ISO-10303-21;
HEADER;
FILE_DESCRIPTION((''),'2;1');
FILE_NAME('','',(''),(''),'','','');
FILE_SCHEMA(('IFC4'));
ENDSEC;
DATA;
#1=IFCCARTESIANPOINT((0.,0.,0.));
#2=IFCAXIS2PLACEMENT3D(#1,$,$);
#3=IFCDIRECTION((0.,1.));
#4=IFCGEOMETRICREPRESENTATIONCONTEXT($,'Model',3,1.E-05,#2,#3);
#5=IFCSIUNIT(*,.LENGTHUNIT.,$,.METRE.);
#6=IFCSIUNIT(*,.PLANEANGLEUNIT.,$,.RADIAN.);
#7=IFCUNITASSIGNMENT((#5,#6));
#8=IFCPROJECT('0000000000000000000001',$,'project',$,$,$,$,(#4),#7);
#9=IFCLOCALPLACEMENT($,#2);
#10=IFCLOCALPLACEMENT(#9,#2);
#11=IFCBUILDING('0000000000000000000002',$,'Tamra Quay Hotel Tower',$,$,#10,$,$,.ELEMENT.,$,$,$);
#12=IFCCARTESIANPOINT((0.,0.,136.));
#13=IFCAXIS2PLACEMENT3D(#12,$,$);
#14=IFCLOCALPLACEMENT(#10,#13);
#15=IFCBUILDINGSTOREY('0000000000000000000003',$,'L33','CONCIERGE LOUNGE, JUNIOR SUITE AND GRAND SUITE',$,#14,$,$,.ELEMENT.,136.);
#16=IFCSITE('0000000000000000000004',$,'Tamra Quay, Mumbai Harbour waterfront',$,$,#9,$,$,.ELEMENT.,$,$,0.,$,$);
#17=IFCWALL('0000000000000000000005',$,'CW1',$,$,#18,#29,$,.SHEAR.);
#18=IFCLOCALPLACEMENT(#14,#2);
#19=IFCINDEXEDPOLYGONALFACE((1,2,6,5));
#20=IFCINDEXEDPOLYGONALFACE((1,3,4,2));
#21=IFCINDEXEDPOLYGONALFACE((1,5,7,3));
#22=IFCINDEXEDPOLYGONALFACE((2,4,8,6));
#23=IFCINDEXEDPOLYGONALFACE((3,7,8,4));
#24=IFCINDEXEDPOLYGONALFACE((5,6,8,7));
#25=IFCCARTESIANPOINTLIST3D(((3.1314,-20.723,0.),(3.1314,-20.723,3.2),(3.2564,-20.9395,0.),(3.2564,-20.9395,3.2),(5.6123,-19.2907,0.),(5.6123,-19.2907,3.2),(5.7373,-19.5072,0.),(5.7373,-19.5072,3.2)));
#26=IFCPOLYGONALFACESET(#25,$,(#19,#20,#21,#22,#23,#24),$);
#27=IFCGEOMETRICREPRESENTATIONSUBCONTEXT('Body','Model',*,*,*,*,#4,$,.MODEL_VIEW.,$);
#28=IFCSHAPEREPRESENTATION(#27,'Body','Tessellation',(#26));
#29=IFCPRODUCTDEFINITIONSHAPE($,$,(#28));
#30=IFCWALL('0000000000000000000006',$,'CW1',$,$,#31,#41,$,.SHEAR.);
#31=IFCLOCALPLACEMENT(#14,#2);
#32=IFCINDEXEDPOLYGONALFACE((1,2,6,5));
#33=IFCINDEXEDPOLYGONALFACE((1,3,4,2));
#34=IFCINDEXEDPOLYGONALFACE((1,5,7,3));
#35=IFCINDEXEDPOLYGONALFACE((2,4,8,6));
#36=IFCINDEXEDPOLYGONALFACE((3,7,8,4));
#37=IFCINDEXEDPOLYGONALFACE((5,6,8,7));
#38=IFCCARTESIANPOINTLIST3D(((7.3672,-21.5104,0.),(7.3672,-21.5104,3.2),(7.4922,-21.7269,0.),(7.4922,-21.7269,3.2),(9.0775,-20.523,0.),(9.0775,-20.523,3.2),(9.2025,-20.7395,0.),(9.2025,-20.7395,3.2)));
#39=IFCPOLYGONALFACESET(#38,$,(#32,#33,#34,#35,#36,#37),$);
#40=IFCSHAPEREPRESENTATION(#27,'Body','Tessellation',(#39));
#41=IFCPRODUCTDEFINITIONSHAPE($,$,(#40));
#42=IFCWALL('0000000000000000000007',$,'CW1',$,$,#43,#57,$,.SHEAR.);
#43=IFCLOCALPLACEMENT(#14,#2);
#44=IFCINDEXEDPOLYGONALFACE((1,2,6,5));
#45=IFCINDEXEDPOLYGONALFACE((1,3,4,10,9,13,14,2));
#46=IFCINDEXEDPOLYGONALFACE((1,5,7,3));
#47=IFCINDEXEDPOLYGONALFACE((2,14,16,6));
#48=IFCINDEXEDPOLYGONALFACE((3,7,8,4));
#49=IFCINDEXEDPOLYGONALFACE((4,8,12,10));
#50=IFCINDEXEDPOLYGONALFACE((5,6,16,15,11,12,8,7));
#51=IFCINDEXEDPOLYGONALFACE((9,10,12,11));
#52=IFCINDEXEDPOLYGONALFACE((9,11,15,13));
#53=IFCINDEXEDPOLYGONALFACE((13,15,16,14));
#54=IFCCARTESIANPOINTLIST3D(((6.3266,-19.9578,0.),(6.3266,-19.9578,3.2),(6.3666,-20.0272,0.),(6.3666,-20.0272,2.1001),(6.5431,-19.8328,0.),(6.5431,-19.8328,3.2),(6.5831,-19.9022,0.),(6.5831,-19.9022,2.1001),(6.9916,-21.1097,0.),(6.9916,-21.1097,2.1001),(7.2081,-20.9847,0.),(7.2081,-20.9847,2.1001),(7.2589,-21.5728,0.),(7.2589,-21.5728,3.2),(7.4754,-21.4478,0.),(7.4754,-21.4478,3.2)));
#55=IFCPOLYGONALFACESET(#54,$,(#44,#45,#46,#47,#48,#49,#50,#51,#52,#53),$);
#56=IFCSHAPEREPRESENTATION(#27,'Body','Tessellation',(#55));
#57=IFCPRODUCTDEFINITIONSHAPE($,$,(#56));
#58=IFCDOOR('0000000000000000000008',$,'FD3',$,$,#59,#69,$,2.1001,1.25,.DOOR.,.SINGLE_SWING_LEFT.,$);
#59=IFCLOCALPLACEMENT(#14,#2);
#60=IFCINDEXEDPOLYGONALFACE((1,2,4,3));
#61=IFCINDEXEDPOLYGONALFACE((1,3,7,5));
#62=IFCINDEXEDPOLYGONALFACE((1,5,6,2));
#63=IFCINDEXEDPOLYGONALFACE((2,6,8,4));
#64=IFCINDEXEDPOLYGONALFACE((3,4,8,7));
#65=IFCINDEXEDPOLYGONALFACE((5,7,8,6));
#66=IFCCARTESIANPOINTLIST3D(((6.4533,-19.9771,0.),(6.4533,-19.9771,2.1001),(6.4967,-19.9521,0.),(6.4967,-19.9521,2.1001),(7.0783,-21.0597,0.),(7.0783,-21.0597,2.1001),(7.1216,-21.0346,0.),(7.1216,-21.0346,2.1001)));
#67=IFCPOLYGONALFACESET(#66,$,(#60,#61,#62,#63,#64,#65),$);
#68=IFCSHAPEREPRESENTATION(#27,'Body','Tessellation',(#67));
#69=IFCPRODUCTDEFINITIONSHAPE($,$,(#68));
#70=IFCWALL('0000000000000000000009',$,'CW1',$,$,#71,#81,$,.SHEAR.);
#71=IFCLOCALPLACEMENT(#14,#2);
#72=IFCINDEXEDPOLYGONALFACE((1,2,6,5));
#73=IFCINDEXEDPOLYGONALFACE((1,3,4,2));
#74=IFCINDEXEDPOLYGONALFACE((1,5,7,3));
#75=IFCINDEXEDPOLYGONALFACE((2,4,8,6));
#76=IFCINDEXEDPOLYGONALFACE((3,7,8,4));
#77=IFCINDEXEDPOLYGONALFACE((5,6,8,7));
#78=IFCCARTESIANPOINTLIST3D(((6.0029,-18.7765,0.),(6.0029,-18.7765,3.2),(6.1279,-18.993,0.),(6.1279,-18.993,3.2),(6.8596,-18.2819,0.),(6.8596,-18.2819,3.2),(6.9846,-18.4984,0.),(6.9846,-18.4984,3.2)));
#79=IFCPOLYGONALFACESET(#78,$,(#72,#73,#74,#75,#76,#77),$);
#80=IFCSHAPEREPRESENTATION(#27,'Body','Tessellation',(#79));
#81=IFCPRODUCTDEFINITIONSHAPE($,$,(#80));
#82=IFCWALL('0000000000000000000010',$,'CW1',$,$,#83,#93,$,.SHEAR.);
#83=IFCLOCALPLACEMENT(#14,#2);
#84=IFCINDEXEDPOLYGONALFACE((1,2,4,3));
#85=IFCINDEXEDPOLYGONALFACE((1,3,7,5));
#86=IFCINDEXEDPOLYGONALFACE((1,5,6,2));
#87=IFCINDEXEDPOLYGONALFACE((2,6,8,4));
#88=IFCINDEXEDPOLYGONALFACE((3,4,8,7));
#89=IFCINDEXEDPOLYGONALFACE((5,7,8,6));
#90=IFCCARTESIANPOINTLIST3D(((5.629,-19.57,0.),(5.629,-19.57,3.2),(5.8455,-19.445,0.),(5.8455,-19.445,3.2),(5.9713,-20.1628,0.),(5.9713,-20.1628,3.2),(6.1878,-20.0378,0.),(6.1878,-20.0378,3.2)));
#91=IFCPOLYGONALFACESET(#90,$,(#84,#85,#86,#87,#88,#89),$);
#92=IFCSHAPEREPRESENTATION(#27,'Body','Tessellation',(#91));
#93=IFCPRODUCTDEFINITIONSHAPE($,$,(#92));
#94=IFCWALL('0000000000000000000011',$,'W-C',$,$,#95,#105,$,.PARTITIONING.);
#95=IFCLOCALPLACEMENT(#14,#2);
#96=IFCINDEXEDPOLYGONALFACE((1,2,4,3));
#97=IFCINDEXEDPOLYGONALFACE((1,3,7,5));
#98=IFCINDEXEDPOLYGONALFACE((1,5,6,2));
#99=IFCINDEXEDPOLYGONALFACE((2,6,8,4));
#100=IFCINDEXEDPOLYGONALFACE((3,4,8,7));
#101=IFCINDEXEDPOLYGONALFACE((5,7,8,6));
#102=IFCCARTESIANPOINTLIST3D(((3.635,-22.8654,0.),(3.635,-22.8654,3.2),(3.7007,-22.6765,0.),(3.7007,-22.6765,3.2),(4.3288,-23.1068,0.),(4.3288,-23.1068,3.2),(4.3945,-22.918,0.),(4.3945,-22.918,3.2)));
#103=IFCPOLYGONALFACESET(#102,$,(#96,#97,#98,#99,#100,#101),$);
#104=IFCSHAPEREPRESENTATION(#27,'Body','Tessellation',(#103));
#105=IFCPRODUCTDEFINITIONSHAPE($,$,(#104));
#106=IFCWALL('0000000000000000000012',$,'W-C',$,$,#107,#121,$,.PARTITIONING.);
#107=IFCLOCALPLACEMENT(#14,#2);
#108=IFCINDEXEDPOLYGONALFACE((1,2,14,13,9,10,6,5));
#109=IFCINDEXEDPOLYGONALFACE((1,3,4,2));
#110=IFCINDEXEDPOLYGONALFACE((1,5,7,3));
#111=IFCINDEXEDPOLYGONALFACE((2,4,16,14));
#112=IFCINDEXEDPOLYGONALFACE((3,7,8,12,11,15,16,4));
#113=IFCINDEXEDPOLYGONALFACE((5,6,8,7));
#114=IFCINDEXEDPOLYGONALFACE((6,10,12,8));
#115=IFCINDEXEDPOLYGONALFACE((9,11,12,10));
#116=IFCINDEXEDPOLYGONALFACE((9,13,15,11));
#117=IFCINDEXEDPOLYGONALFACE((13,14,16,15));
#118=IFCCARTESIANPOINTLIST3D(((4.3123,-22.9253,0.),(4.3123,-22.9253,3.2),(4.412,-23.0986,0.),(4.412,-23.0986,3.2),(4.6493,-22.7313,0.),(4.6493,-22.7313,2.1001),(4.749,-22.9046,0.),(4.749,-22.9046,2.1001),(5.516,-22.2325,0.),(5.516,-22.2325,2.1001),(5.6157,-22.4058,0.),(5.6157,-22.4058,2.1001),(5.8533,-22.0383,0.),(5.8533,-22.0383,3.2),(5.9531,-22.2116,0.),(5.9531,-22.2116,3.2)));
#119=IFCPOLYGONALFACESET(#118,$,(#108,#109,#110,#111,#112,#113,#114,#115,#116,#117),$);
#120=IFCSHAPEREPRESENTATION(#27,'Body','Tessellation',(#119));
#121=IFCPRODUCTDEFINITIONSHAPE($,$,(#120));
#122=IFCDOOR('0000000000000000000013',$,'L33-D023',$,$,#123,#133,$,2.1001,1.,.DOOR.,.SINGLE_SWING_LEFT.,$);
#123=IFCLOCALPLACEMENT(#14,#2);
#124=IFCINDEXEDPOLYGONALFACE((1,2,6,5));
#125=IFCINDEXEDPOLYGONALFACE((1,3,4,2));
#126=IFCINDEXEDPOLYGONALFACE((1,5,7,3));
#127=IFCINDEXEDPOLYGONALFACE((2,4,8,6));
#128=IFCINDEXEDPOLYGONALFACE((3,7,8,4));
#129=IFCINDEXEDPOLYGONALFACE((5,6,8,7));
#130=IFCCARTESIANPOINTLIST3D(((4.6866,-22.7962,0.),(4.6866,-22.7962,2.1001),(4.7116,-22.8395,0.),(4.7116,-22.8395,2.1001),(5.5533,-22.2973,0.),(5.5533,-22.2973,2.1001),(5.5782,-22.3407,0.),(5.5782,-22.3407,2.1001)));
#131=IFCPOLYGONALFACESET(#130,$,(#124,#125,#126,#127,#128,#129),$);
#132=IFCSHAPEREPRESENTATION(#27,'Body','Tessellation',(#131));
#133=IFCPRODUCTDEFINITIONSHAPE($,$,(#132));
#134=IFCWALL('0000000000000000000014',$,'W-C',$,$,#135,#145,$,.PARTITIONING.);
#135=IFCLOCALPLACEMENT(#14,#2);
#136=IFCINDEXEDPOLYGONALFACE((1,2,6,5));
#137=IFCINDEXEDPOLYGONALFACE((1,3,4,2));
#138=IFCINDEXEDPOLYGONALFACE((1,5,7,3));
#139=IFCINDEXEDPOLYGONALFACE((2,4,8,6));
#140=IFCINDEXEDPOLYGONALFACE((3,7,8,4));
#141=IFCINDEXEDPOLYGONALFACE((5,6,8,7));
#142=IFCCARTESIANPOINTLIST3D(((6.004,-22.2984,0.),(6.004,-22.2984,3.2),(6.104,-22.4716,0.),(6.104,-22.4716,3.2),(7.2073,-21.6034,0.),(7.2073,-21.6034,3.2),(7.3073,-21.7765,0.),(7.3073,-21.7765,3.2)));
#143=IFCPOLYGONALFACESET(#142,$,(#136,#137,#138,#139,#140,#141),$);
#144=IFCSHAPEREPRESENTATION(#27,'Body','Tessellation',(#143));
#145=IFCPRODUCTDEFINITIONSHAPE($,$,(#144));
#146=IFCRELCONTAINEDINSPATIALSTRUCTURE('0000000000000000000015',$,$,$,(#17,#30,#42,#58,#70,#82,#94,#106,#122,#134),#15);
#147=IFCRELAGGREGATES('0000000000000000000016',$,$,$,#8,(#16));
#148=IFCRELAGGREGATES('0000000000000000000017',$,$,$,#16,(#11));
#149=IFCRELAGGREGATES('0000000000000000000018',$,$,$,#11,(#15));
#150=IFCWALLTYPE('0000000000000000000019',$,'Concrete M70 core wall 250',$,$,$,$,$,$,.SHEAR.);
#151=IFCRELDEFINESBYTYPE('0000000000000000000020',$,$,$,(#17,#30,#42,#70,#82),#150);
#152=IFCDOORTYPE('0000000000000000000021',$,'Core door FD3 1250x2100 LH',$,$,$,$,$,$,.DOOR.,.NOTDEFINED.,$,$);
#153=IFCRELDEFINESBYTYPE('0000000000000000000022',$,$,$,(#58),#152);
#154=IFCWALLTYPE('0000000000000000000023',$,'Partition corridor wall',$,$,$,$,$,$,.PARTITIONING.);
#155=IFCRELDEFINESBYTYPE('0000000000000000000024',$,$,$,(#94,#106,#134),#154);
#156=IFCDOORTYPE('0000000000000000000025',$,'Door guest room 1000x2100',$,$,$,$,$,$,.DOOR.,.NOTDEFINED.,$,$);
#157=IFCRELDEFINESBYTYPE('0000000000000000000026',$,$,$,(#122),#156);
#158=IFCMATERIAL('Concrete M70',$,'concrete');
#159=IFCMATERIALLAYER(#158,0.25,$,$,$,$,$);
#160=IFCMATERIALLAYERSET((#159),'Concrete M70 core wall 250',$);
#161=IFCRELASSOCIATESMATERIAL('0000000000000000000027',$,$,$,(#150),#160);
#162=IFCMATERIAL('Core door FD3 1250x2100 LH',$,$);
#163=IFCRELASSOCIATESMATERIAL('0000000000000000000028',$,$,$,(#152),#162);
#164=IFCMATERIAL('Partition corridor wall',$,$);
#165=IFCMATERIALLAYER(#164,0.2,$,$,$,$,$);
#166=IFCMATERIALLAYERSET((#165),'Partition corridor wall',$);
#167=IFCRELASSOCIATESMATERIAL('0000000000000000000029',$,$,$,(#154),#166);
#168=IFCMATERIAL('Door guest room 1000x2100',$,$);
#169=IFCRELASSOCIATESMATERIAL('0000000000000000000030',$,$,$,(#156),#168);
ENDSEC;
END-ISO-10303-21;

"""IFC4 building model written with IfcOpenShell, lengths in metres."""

from ifc_helpers import new_model, si_unit, direction, frame, frame_2d, origin, place, context, subcontext, project, spatial, rectangle, extrude, material, layer, layer_set, type_object, element, fill, save


model = new_model("IFC4")

# Units and contexts
model_context = context("Model", 3, precision=1e-05, world=origin(), true_north=direction((0.0, 1.0)))
body_context = subcontext(model_context, "Body", "Model", "MODEL_VIEW")
ifc_project = project(units=[si_unit("LENGTHUNIT", "METRE"), si_unit("PLANEANGLEUNIT", "RADIAN")], contexts=[model_context])

# Site, building, storey
site_placement = place(None, origin())
site = spatial("IfcSite", under=ifc_project, at=site_placement, Name="Tamra Quay, Mumbai Harbour waterfront", CompositionType="ELEMENT", RefElevation=0.0)
building_placement = place(site_placement, origin())
building = spatial("IfcBuilding", under=site, at=building_placement, Name="Tamra Quay Hotel Tower", CompositionType="ELEMENT")
storey_placement = place(building_placement, frame((0.0, 0.0, 136.0)))
storey = spatial("IfcBuildingStorey", under=building, at=storey_placement, Name="L33", Description="CONCIERGE LOUNGE, JUNIOR SUITE AND GRAND SUITE", CompositionType="ELEMENT", Elevation=136.0)

# Shared definitions
ifc_material_1 = material(Name="Concrete M70", Category="concrete")

# Walls
ifc_layer_1 = layer(ifc_material_1, 0.25)
ifc_layer_set_1 = layer_set([ifc_layer_1], Name="Concrete M70 core wall 250")
wall_type_1 = type_object("IfcWallType", Name="Concrete M70 core wall 250", PredefinedType="SHEAR", material=ifc_layer_set_1)
wall_1_placement = place(storey_placement, frame((5.6748, -19.3989, 0.0), z_axis=(0.0, 0.0, 1.0), x_axis=(-0.866027, -0.499998, 0.0)))
element("IfcWall", 1, at=wall_1_placement, inside=storey, type_object=wall_type_1, Name="CW1", PredefinedType="SHEAR", context=body_context, shape_type="SweptSolid", body=[
    extrude(rectangle(XDim=2.8647, YDim=0.25, at=frame_2d((1.4324, 0.0))), origin(), (0.0, 0.0, 1.0), 3.2),
])
wall_2_placement = place(storey_placement, frame((9.1399, -20.6313, 0.0), z_axis=(0.0, 0.0, 1.0), x_axis=(-0.866044, -0.499969, 0.0)))
element("IfcWall", 2, at=wall_2_placement, inside=storey, type_object=wall_type_1, Name="CW1", PredefinedType="SHEAR", context=body_context, shape_type="SweptSolid", body=[
    extrude(rectangle(XDim=1.9749, YDim=0.25, at=frame_2d((0.9873, 0.0))), origin(), (0.0, 0.0, 1.0), 3.2),
])

# Wall, opening, door
wall_3_placement = place(storey_placement, frame((7.3672, -21.5103, 0.0), z_axis=(0.0, 0.0, 1.0), x_axis=(-0.499983, 0.866035, 0.0)))
wall_3 = element("IfcWall", 3, at=wall_3_placement, inside=storey, type_object=wall_type_1, Name="CW1", PredefinedType="SHEAR", context=body_context, shape_type="SweptSolid", body=[
    extrude(rectangle(XDim=1.8647, YDim=0.25, at=frame_2d((0.9324, 0.0))), origin(), (0.0, 0.0, 1.0), 3.2),
])
opening_1_placement = place(wall_3_placement, frame((0.5347, 0.0, 0.0)))
opening_1 = element("IfcOpeningElement", 4, at=opening_1_placement, cuts=wall_3, PredefinedType="OPENING", context=body_context, shape_type="SweptSolid", body=[
    extrude(rectangle(XDim=1.25, YDim=2.1001, at=frame_2d((0.625, 1.05))), frame((0.0, 0.135, 0.0), z_axis=(0.0, -1.0, 0.0), x_axis=(1.0, 0.0, 0.0)), (0.0, 0.0, 1.0), 0.27),
])
ifc_material_2 = material(Name="Core door FD3 1250x2100 LH")
door_type_1 = type_object("IfcDoorType", Name="Core door FD3 1250x2100 LH", OperationType="NOTDEFINED", PredefinedType="DOOR", material=ifc_material_2)
door_1_placement = place(opening_1_placement, origin())
door_1 = element("IfcDoor", 5, at=door_1_placement, inside=storey, type_object=door_type_1, Name="FD3", OperationType="SINGLE_SWING_LEFT", OverallHeight=2.1001, OverallWidth=1.25, PredefinedType="DOOR", context=body_context, shape_type="SweptSolid", body=[
    extrude(rectangle(XDim=1.25, YDim=2.1001, at=frame_2d((0.625, 1.05))), frame((0.0, 0.0249, 0.0), z_axis=(0.0, -1.0, 0.0), x_axis=(1.0, 0.0, 0.0)), (0.0, 0.0, 1.0), 0.05),
])
fill(opening_1, door_1)

# Walls
wall_4_placement = place(storey_placement, frame((6.0654, -18.8848, 0.0), z_axis=(0.0, 0.0, 1.0), x_axis=(0.866017, 0.500014, 0.0)))
element("IfcWall", 6, at=wall_4_placement, inside=storey, type_object=wall_type_1, Name="CW1", PredefinedType="SHEAR", context=body_context, shape_type="SweptSolid", body=[
    extrude(rectangle(XDim=0.9893, YDim=0.25, at=frame_2d((0.4946, 0.0))), origin(), (0.0, 0.0, 1.0), 3.2),
])
wall_5_placement = place(storey_placement, frame((6.0796, -20.1003, 0.0), z_axis=(0.0, 0.0, 1.0), x_axis=(-0.500052, 0.865996, 0.0)))
element("IfcWall", 7, at=wall_5_placement, inside=storey, type_object=wall_type_1, Name="CW1", PredefinedType="SHEAR", context=body_context, shape_type="SweptSolid", body=[
    extrude(rectangle(XDim=0.6846, YDim=0.25, at=frame_2d((0.3423, 0.0))), origin(), (0.0, 0.0, 1.0), 3.2),
])
ifc_material_3 = material(Name="Partition corridor wall")
ifc_layer_2 = layer(ifc_material_3, 0.2)
ifc_layer_set_2 = layer_set([ifc_layer_2], Name="Partition corridor wall")
wall_type_2 = type_object("IfcWallType", Name="Partition corridor wall", PredefinedType="PARTITIONING", material=ifc_layer_set_2)
wall_6_placement = place(storey_placement, frame((3.668, -22.771, 0.0), z_axis=(0.0, 0.0, 1.0), x_axis=(0.944447, -0.328662, 0.0)))
element("IfcWall", 8, at=wall_6_placement, inside=storey, type_object=wall_type_2, Name="W-C", PredefinedType="PARTITIONING", context=body_context, shape_type="SweptSolid", body=[
    extrude(rectangle(XDim=0.7346, YDim=0.2, at=frame_2d((0.3672, 0.0))), origin(), (0.0, 0.0, 1.0), 3.2),
])

# Wall, opening, door
wall_7_placement = place(storey_placement, frame((4.3621, -23.012, 0.0), z_axis=(0.0, 0.0, 1.0), x_axis=(0.866693, 0.498843, 0.0)))
wall_7 = element("IfcWall", 9, at=wall_7_placement, inside=storey, type_object=wall_type_2, Name="W-C", PredefinedType="PARTITIONING", context=body_context, shape_type="SweptSolid", body=[
    extrude(rectangle(XDim=1.7781, YDim=0.2, at=frame_2d((0.8892, 0.0))), origin(), (0.0, 0.0, 1.0), 3.2),
])
opening_2_placement = place(wall_7_placement, frame((0.3889, 0.0, 0.0)))
opening_2 = element("IfcOpeningElement", 10, at=opening_2_placement, cuts=wall_7, PredefinedType="OPENING", context=body_context, shape_type="SweptSolid", body=[
    extrude(rectangle(XDim=1.0, YDim=2.1001, at=frame_2d((0.5, 1.05))), frame((0.0, 0.1099, 0.0), z_axis=(0.0, -1.0, 0.0), x_axis=(1.0, 0.0, 0.0)), (0.0, 0.0, 1.0), 0.22),
])
ifc_material_4 = material(Name="Door guest room 1000x2100")
door_type_2 = type_object("IfcDoorType", Name="Door guest room 1000x2100", OperationType="NOTDEFINED", PredefinedType="DOOR", material=ifc_material_4)
door_2_placement = place(opening_2_placement, frame((1.0, 0.0, 0.0), z_axis=(0.0, 0.0, 1.0), x_axis=(-1.0, 0.0, 0.0)))
door_2 = element("IfcDoor", 11, at=door_2_placement, inside=storey, type_object=door_type_2, Name="L33-D023", OperationType="SINGLE_SWING_LEFT", OverallHeight=2.1001, OverallWidth=1.0, PredefinedType="DOOR", context=body_context, shape_type="SweptSolid", body=[
    extrude(rectangle(XDim=1.0, YDim=2.1001, at=frame_2d((0.5, 1.05))), frame((0.0, 0.0249, 0.0), z_axis=(0.0, -1.0, 0.0), x_axis=(1.0, 0.0, 0.0)), (0.0, 0.0, 1.0), 0.05),
])
fill(opening_2, door_2)

# Wall
wall_8_placement = place(storey_placement, frame((6.054, -22.385, 0.0), z_axis=(0.0, 0.0, 1.0), x_axis=(0.865931, 0.500163, 0.0)))
element("IfcWall", 12, at=wall_8_placement, inside=storey, type_object=wall_type_2, Name="W-C", PredefinedType="PARTITIONING", context=body_context, shape_type="SweptSolid", body=[
    extrude(rectangle(XDim=1.3896, YDim=0.2, at=frame_2d((0.6948, 0.0))), origin(), (0.0, 0.0, 1.0), 3.2),
])

save(model, "model.ifc")
